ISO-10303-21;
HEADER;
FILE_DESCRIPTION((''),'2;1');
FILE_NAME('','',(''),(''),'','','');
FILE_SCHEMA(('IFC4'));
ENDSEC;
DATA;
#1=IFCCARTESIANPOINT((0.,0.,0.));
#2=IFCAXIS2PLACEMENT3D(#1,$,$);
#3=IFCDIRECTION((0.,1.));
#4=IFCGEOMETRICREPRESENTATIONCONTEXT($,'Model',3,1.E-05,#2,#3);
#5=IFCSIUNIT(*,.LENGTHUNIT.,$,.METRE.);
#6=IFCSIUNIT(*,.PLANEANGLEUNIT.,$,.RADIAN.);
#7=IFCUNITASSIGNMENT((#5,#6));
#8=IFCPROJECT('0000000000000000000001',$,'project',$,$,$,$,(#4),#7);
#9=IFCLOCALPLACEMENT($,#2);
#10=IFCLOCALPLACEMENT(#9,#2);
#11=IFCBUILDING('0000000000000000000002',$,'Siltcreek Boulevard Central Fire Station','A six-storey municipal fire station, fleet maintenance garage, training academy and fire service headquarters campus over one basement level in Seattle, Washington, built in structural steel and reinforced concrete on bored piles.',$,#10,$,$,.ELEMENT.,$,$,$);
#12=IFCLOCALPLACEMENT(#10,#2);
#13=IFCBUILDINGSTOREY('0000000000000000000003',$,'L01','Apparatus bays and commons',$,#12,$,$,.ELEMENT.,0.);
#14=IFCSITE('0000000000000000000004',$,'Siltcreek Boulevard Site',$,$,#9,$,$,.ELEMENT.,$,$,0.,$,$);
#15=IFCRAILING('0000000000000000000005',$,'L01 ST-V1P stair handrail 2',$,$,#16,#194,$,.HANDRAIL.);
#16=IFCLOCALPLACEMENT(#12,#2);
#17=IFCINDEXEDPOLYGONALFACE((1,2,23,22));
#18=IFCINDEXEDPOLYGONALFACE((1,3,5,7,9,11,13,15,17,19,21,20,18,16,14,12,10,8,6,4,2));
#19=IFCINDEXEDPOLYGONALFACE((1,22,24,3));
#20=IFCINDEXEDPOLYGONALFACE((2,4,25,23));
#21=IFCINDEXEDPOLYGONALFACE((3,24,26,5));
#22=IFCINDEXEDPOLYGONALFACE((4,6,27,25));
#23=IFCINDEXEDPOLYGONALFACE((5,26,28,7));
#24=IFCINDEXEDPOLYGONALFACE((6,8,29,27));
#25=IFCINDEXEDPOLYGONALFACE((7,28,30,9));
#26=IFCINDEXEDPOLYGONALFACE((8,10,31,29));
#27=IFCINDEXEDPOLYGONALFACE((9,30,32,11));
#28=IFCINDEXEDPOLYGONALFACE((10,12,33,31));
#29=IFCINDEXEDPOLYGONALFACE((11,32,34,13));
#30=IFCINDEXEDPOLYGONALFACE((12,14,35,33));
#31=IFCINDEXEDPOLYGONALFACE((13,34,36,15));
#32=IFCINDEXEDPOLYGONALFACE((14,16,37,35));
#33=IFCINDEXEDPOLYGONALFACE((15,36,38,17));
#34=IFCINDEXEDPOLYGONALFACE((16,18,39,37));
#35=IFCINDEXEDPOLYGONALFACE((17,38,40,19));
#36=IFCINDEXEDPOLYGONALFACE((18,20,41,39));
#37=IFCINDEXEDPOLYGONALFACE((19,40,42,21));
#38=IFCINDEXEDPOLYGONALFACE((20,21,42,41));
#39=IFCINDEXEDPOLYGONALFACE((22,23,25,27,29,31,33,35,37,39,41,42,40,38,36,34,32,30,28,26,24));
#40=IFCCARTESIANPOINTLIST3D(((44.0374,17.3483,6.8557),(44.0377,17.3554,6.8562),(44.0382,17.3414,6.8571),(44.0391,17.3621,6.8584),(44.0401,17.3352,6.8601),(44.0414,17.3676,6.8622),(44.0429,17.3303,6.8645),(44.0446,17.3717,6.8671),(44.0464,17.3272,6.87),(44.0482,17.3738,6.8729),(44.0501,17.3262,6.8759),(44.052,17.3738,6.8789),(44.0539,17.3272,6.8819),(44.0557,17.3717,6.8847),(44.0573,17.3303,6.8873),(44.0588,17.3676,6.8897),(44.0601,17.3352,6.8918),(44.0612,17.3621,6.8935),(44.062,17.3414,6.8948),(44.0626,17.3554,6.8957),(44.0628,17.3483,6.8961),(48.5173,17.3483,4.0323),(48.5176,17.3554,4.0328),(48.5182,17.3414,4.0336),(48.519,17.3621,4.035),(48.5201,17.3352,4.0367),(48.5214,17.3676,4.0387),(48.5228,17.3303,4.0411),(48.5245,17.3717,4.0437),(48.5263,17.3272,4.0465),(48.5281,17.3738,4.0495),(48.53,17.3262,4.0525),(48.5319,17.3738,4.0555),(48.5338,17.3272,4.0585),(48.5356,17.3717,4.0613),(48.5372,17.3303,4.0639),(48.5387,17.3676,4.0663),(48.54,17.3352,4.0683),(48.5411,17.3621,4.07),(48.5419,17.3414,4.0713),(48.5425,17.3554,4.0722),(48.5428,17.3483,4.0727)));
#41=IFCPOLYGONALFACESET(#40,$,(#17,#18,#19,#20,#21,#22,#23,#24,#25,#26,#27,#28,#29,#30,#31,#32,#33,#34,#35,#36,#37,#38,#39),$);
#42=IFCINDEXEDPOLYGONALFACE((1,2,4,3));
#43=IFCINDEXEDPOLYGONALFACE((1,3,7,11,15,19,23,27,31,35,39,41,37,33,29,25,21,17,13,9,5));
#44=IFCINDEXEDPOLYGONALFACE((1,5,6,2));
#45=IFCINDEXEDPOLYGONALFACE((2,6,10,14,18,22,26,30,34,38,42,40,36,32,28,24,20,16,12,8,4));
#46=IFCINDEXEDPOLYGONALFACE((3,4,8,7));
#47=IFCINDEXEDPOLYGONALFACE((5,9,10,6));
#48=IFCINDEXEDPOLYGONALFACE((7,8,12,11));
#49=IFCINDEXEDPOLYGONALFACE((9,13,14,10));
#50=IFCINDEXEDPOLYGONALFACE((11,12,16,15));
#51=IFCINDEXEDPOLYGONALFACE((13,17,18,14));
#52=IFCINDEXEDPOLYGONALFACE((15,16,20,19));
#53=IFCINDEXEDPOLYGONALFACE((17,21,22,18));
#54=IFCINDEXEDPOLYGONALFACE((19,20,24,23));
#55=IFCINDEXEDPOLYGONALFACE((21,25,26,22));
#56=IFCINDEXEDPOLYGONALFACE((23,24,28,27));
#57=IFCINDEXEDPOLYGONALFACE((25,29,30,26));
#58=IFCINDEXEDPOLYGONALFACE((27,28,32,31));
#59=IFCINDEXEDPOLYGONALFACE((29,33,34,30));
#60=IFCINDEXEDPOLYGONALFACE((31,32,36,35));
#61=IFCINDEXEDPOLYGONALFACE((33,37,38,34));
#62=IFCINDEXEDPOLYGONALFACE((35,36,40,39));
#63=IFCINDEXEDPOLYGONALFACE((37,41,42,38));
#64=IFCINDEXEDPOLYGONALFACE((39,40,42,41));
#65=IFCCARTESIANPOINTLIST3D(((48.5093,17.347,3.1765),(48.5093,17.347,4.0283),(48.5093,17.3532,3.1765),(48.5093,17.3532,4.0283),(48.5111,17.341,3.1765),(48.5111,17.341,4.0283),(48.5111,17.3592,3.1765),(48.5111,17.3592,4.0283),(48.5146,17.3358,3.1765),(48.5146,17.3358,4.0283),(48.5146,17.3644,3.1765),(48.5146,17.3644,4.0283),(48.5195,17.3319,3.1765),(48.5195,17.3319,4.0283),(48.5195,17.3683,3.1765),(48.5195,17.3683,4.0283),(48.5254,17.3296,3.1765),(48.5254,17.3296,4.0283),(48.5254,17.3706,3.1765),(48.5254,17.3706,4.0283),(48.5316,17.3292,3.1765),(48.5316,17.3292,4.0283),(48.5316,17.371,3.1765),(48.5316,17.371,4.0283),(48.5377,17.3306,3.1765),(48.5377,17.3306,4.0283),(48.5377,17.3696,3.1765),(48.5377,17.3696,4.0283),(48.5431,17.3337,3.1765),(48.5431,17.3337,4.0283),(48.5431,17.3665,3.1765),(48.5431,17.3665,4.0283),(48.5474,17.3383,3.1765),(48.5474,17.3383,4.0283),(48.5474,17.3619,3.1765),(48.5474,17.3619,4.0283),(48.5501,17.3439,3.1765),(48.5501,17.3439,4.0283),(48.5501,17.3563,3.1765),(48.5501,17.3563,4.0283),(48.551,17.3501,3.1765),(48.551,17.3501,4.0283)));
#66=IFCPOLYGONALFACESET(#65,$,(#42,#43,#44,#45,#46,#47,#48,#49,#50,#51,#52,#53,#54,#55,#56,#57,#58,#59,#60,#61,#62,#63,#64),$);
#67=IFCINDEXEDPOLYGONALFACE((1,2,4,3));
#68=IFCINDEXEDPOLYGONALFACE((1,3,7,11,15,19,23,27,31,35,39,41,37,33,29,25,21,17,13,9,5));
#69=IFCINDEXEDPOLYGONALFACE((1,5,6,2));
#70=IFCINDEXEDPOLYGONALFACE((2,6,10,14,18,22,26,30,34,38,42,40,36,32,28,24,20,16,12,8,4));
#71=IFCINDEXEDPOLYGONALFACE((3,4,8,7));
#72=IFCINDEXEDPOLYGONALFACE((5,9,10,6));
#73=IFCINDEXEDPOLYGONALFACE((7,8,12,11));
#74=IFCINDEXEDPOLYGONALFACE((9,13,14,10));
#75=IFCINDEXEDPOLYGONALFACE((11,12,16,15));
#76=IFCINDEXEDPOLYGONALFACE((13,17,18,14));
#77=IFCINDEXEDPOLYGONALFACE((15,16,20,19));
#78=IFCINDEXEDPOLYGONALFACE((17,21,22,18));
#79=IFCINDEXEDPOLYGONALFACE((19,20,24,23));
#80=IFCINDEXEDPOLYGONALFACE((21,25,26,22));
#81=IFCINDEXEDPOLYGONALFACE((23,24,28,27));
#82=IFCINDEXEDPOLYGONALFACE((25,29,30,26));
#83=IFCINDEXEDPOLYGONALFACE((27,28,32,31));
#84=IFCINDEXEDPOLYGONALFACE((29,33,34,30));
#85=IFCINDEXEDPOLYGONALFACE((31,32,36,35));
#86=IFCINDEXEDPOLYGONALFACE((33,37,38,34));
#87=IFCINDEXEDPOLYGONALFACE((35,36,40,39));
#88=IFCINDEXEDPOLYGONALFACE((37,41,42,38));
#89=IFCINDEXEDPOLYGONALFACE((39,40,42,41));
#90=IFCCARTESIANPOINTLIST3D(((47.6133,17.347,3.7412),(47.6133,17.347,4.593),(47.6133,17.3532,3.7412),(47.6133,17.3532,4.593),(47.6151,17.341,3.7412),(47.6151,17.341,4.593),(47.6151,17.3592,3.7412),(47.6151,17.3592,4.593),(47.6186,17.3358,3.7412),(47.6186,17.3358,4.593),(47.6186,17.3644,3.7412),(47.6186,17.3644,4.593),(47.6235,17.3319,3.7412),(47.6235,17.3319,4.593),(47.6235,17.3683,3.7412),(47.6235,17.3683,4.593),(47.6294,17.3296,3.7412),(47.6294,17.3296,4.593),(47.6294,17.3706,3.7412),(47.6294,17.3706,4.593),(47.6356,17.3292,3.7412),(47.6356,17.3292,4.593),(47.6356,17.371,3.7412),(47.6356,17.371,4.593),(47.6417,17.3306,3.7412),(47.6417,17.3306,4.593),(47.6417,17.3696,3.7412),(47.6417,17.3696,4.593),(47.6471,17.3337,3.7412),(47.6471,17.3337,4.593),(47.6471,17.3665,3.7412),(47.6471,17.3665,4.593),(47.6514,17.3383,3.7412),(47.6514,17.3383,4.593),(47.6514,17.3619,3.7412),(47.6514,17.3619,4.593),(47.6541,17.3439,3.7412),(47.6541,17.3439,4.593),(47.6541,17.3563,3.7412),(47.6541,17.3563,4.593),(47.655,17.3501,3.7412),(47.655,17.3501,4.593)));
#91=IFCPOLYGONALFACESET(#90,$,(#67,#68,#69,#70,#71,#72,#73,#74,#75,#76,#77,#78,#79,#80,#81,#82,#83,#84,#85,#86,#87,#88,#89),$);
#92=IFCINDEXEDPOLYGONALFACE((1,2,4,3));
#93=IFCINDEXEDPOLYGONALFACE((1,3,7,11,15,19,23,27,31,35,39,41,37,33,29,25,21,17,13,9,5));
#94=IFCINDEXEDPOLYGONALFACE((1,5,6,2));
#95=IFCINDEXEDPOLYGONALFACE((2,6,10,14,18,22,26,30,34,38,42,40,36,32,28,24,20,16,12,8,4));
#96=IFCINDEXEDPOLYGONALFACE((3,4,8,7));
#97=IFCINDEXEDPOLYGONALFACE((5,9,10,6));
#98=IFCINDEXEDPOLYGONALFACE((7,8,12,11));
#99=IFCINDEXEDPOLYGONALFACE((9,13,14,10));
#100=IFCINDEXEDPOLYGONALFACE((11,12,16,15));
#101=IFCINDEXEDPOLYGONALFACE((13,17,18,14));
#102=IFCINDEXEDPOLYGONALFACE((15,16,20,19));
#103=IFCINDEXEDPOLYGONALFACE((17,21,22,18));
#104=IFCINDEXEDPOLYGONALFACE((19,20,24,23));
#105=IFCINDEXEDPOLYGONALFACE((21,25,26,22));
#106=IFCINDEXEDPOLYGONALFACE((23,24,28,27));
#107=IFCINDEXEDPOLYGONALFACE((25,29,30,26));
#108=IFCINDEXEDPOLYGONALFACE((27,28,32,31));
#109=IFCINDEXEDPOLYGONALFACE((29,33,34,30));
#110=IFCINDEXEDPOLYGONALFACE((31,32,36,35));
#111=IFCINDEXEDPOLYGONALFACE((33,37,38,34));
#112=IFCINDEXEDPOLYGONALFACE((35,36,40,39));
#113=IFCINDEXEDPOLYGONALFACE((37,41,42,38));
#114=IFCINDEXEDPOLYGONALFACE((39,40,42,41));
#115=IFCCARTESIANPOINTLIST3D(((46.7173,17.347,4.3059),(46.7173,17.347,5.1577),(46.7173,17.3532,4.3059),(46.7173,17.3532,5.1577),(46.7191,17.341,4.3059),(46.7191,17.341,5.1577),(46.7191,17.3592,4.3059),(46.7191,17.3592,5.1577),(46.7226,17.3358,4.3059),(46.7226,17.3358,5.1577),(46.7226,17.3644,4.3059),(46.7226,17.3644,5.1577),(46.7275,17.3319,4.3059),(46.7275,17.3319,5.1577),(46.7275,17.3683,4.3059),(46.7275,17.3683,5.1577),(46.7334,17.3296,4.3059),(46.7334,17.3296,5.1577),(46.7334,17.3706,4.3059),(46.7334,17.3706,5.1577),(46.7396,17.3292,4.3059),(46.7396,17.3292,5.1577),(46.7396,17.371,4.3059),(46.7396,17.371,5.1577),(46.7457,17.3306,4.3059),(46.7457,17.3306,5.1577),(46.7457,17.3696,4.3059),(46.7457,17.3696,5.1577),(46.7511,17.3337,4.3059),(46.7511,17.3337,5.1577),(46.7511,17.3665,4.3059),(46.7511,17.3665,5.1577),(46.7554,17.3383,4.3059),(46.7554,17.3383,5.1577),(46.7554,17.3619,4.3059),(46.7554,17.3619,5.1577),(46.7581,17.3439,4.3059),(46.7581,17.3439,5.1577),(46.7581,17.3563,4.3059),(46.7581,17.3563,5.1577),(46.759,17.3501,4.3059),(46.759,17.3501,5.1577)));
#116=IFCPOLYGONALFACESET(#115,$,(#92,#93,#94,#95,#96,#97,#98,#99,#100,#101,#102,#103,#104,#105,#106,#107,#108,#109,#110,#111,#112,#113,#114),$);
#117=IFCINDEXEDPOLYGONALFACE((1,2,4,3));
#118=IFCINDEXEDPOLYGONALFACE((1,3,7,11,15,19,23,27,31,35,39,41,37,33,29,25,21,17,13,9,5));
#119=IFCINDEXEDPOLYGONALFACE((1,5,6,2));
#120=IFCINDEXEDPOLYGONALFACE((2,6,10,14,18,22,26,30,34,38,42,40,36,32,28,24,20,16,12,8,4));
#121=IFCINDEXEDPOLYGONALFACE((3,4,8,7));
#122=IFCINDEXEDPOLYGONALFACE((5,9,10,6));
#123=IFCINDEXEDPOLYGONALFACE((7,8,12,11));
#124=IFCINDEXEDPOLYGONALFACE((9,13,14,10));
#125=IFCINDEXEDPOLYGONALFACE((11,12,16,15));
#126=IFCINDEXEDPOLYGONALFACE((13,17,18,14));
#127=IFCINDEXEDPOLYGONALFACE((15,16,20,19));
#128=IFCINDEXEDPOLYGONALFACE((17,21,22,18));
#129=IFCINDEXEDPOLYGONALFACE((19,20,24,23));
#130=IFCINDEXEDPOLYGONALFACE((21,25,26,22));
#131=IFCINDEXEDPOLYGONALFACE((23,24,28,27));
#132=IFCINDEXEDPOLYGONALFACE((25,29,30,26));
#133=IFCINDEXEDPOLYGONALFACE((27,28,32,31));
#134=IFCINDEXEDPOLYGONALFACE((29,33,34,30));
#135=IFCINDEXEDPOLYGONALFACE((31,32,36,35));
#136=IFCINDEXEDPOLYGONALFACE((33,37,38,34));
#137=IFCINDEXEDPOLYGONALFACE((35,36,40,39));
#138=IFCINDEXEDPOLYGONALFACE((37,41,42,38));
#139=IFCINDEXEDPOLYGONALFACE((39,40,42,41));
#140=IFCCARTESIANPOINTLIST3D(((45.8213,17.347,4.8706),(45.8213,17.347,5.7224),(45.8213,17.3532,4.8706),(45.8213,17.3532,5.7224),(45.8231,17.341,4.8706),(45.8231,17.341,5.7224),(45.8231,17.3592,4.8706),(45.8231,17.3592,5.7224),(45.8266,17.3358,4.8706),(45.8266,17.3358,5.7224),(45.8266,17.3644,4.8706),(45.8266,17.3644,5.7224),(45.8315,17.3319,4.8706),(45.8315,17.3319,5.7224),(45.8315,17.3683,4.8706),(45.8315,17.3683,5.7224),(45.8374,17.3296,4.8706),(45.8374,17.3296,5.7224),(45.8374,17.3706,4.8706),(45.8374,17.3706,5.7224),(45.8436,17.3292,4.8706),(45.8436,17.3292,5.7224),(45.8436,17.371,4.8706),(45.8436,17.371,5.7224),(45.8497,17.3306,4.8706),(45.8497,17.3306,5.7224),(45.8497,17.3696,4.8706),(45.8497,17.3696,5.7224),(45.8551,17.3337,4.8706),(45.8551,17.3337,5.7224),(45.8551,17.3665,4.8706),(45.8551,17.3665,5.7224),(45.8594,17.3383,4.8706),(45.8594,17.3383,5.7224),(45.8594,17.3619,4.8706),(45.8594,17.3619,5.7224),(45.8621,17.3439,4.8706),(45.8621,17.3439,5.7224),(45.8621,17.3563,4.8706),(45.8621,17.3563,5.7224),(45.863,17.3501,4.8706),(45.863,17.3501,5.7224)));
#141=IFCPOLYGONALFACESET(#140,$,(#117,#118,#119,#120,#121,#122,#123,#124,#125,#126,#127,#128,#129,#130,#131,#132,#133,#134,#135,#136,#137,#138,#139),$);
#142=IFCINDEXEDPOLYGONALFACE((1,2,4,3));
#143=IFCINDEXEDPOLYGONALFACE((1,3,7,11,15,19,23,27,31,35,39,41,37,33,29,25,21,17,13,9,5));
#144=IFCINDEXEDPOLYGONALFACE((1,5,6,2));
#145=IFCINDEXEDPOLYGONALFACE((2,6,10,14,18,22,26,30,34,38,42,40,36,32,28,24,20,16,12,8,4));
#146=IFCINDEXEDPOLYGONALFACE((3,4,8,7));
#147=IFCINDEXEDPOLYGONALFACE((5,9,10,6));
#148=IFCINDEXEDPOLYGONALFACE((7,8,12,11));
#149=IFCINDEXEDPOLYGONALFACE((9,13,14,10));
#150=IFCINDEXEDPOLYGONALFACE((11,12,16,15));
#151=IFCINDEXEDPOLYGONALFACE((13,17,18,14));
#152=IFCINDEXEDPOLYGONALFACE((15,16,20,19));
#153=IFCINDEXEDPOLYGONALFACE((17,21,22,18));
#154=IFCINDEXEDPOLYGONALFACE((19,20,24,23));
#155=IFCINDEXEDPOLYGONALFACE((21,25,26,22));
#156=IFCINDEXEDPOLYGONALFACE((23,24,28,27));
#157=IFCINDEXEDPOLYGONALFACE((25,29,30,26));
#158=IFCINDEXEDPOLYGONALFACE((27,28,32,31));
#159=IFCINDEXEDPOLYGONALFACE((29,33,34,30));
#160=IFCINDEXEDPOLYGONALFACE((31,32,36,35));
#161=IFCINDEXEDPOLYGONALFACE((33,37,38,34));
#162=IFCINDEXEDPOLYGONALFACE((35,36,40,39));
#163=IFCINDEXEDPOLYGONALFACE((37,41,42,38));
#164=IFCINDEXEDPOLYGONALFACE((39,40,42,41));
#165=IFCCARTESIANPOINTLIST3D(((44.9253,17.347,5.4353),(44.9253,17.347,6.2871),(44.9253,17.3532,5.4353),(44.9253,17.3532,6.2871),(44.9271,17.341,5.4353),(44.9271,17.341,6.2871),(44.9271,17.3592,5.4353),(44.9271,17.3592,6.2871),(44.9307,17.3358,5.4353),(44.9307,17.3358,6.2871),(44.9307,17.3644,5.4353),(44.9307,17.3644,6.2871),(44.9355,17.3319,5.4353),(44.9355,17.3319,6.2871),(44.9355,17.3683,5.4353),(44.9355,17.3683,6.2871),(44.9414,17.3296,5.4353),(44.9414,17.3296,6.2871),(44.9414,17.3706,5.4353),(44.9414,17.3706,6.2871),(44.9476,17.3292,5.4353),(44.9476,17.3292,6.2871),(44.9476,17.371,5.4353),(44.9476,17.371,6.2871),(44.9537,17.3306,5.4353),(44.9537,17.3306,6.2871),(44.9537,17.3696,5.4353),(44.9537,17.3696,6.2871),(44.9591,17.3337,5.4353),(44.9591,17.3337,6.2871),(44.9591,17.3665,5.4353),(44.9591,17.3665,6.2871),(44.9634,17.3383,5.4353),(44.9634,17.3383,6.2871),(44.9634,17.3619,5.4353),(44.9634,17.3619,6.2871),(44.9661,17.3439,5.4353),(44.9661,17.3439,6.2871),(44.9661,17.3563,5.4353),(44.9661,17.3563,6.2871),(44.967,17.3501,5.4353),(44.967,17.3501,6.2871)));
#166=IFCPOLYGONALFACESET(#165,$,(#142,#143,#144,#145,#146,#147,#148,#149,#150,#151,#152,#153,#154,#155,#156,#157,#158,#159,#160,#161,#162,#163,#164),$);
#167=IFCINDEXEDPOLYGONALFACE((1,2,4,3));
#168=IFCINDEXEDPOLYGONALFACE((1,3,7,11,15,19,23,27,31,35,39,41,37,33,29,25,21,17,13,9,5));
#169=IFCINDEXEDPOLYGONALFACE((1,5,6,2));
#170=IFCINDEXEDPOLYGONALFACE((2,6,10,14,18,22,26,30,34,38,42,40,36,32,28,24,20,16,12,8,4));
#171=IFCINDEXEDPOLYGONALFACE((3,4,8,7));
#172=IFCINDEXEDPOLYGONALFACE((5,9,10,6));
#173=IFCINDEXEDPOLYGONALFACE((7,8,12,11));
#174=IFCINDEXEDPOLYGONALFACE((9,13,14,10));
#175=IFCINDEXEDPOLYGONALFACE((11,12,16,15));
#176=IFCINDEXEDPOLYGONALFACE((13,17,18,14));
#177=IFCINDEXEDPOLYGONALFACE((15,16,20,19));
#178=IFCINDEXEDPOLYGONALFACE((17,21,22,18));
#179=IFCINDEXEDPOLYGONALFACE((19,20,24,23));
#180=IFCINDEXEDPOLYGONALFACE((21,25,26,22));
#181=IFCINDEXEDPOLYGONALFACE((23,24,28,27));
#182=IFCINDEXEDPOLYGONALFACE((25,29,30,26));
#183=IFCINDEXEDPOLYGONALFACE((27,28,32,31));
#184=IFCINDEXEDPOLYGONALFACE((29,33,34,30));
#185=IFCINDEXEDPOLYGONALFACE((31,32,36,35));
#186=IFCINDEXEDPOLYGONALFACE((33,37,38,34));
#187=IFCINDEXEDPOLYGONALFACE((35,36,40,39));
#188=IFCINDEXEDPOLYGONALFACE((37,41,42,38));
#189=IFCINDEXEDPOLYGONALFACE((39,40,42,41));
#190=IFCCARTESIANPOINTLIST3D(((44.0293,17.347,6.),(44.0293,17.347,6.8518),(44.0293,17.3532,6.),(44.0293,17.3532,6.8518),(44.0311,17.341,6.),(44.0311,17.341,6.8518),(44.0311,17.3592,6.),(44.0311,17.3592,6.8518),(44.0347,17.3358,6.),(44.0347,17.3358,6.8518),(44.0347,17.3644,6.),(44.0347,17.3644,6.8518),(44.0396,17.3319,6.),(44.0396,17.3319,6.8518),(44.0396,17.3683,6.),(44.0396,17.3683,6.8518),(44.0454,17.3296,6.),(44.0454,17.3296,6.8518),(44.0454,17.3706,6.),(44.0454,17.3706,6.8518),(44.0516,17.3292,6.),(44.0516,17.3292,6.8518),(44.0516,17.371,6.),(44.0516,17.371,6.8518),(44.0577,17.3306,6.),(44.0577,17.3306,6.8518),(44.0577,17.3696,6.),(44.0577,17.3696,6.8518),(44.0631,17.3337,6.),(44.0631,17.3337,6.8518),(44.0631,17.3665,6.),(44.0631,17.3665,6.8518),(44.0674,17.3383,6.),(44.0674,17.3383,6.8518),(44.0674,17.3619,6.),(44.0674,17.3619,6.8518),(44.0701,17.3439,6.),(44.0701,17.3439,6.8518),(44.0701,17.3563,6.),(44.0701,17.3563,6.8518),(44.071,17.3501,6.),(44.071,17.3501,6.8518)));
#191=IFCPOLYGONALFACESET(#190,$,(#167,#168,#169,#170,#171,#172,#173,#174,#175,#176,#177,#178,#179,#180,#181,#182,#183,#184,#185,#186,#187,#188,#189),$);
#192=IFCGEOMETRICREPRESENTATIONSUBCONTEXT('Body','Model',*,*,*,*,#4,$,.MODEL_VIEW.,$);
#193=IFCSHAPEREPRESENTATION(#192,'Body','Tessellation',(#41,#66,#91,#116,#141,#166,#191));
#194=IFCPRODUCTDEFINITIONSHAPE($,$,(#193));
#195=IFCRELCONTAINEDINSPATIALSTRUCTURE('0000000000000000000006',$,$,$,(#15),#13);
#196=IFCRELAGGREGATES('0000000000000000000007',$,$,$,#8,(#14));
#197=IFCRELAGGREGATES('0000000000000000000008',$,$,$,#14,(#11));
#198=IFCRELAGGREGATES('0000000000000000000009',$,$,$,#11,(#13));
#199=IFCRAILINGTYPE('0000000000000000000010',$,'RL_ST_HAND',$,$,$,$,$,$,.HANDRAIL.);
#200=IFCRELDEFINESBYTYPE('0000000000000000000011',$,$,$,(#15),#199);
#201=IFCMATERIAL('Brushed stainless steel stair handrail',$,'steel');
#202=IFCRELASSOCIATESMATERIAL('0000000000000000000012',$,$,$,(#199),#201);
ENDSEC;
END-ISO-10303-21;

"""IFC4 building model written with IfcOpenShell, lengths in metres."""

from ifc_helpers import new_model, si_unit, direction, frame, origin, origin_2d, place, context, subcontext, project, spatial, circle, extrude, material, type_object, element, save


model = new_model("IFC4")

# Units and contexts
model_context = context("Model", 3, precision=1e-05, world=origin(), true_north=direction((0.0, 1.0)))
body_context = subcontext(model_context, "Body", "Model", "MODEL_VIEW")
ifc_project = project(units=[si_unit("LENGTHUNIT", "METRE"), si_unit("PLANEANGLEUNIT", "RADIAN")], contexts=[model_context])

# Site, building, storey
site_placement = place(None, origin())
site = spatial("IfcSite", under=ifc_project, at=site_placement, Name="Siltcreek Boulevard Site", CompositionType="ELEMENT", RefElevation=0.0)
building_placement = place(site_placement, origin())
building = spatial("IfcBuilding", under=site, at=building_placement, Name="Siltcreek Boulevard Central Fire Station", Description="A six-storey municipal fire station, fleet maintenance garage, training academy and fire service headquarters campus over one basement level in Seattle, Washington, built in structural steel and reinforced concrete on bored piles.", CompositionType="ELEMENT")
storey_placement = place(building_placement, origin())
storey = spatial("IfcBuildingStorey", under=building, at=storey_placement, Name="L01", Description="Apparatus bays and commons", CompositionType="ELEMENT", Elevation=0.0)

# Railing
ifc_material_1 = material(Name="Brushed stainless steel stair handrail", Category="steel")
railing_type_1 = type_object("IfcRailingType", Name="RL_ST_HAND", PredefinedType="HANDRAIL", material=ifc_material_1)
railing_1_placement = place(storey_placement, frame((48.53, 17.3501, 3.1765)))
element("IfcRailing", 1, at=railing_1_placement, inside=storey, type_object=railing_type_1, Name="L01 ST-V1P stair handrail 2", PredefinedType="HANDRAIL", context=body_context, shape_type="SweptSolid", body=[
    extrude(circle(Radius=0.0239, at=origin_2d()), frame((0.0, 0.0, 0.876), z_axis=(-0.845998, 0.0, 0.533186), x_axis=(0.0, -1.0, 0.0)), (0.0, 0.0, 1.0), 5.2954),
    extrude(circle(Radius=0.021, at=origin_2d()), origin(), (0.0, 0.0, 1.0), 0.8518),
    extrude(circle(Radius=0.021, at=origin_2d()), frame((-0.896, 0.0, 0.5647)), (0.0, 0.0, 1.0), 0.8518),
    extrude(circle(Radius=0.021, at=origin_2d()), frame((-1.792, 0.0, 1.1294)), (0.0, 0.0, 1.0), 0.8518),
    extrude(circle(Radius=0.021, at=origin_2d()), frame((-2.688, 0.0, 1.6941)), (0.0, 0.0, 1.0), 0.8518),
    extrude(circle(Radius=0.021, at=origin_2d()), frame((-3.584, 0.0, 2.2588)), (0.0, 0.0, 1.0), 0.8518),
    extrude(circle(Radius=0.021, at=origin_2d()), frame((-4.48, 0.0, 2.8235)), (0.0, 0.0, 1.0), 0.8518),
])

save(model, "model.ifc")
